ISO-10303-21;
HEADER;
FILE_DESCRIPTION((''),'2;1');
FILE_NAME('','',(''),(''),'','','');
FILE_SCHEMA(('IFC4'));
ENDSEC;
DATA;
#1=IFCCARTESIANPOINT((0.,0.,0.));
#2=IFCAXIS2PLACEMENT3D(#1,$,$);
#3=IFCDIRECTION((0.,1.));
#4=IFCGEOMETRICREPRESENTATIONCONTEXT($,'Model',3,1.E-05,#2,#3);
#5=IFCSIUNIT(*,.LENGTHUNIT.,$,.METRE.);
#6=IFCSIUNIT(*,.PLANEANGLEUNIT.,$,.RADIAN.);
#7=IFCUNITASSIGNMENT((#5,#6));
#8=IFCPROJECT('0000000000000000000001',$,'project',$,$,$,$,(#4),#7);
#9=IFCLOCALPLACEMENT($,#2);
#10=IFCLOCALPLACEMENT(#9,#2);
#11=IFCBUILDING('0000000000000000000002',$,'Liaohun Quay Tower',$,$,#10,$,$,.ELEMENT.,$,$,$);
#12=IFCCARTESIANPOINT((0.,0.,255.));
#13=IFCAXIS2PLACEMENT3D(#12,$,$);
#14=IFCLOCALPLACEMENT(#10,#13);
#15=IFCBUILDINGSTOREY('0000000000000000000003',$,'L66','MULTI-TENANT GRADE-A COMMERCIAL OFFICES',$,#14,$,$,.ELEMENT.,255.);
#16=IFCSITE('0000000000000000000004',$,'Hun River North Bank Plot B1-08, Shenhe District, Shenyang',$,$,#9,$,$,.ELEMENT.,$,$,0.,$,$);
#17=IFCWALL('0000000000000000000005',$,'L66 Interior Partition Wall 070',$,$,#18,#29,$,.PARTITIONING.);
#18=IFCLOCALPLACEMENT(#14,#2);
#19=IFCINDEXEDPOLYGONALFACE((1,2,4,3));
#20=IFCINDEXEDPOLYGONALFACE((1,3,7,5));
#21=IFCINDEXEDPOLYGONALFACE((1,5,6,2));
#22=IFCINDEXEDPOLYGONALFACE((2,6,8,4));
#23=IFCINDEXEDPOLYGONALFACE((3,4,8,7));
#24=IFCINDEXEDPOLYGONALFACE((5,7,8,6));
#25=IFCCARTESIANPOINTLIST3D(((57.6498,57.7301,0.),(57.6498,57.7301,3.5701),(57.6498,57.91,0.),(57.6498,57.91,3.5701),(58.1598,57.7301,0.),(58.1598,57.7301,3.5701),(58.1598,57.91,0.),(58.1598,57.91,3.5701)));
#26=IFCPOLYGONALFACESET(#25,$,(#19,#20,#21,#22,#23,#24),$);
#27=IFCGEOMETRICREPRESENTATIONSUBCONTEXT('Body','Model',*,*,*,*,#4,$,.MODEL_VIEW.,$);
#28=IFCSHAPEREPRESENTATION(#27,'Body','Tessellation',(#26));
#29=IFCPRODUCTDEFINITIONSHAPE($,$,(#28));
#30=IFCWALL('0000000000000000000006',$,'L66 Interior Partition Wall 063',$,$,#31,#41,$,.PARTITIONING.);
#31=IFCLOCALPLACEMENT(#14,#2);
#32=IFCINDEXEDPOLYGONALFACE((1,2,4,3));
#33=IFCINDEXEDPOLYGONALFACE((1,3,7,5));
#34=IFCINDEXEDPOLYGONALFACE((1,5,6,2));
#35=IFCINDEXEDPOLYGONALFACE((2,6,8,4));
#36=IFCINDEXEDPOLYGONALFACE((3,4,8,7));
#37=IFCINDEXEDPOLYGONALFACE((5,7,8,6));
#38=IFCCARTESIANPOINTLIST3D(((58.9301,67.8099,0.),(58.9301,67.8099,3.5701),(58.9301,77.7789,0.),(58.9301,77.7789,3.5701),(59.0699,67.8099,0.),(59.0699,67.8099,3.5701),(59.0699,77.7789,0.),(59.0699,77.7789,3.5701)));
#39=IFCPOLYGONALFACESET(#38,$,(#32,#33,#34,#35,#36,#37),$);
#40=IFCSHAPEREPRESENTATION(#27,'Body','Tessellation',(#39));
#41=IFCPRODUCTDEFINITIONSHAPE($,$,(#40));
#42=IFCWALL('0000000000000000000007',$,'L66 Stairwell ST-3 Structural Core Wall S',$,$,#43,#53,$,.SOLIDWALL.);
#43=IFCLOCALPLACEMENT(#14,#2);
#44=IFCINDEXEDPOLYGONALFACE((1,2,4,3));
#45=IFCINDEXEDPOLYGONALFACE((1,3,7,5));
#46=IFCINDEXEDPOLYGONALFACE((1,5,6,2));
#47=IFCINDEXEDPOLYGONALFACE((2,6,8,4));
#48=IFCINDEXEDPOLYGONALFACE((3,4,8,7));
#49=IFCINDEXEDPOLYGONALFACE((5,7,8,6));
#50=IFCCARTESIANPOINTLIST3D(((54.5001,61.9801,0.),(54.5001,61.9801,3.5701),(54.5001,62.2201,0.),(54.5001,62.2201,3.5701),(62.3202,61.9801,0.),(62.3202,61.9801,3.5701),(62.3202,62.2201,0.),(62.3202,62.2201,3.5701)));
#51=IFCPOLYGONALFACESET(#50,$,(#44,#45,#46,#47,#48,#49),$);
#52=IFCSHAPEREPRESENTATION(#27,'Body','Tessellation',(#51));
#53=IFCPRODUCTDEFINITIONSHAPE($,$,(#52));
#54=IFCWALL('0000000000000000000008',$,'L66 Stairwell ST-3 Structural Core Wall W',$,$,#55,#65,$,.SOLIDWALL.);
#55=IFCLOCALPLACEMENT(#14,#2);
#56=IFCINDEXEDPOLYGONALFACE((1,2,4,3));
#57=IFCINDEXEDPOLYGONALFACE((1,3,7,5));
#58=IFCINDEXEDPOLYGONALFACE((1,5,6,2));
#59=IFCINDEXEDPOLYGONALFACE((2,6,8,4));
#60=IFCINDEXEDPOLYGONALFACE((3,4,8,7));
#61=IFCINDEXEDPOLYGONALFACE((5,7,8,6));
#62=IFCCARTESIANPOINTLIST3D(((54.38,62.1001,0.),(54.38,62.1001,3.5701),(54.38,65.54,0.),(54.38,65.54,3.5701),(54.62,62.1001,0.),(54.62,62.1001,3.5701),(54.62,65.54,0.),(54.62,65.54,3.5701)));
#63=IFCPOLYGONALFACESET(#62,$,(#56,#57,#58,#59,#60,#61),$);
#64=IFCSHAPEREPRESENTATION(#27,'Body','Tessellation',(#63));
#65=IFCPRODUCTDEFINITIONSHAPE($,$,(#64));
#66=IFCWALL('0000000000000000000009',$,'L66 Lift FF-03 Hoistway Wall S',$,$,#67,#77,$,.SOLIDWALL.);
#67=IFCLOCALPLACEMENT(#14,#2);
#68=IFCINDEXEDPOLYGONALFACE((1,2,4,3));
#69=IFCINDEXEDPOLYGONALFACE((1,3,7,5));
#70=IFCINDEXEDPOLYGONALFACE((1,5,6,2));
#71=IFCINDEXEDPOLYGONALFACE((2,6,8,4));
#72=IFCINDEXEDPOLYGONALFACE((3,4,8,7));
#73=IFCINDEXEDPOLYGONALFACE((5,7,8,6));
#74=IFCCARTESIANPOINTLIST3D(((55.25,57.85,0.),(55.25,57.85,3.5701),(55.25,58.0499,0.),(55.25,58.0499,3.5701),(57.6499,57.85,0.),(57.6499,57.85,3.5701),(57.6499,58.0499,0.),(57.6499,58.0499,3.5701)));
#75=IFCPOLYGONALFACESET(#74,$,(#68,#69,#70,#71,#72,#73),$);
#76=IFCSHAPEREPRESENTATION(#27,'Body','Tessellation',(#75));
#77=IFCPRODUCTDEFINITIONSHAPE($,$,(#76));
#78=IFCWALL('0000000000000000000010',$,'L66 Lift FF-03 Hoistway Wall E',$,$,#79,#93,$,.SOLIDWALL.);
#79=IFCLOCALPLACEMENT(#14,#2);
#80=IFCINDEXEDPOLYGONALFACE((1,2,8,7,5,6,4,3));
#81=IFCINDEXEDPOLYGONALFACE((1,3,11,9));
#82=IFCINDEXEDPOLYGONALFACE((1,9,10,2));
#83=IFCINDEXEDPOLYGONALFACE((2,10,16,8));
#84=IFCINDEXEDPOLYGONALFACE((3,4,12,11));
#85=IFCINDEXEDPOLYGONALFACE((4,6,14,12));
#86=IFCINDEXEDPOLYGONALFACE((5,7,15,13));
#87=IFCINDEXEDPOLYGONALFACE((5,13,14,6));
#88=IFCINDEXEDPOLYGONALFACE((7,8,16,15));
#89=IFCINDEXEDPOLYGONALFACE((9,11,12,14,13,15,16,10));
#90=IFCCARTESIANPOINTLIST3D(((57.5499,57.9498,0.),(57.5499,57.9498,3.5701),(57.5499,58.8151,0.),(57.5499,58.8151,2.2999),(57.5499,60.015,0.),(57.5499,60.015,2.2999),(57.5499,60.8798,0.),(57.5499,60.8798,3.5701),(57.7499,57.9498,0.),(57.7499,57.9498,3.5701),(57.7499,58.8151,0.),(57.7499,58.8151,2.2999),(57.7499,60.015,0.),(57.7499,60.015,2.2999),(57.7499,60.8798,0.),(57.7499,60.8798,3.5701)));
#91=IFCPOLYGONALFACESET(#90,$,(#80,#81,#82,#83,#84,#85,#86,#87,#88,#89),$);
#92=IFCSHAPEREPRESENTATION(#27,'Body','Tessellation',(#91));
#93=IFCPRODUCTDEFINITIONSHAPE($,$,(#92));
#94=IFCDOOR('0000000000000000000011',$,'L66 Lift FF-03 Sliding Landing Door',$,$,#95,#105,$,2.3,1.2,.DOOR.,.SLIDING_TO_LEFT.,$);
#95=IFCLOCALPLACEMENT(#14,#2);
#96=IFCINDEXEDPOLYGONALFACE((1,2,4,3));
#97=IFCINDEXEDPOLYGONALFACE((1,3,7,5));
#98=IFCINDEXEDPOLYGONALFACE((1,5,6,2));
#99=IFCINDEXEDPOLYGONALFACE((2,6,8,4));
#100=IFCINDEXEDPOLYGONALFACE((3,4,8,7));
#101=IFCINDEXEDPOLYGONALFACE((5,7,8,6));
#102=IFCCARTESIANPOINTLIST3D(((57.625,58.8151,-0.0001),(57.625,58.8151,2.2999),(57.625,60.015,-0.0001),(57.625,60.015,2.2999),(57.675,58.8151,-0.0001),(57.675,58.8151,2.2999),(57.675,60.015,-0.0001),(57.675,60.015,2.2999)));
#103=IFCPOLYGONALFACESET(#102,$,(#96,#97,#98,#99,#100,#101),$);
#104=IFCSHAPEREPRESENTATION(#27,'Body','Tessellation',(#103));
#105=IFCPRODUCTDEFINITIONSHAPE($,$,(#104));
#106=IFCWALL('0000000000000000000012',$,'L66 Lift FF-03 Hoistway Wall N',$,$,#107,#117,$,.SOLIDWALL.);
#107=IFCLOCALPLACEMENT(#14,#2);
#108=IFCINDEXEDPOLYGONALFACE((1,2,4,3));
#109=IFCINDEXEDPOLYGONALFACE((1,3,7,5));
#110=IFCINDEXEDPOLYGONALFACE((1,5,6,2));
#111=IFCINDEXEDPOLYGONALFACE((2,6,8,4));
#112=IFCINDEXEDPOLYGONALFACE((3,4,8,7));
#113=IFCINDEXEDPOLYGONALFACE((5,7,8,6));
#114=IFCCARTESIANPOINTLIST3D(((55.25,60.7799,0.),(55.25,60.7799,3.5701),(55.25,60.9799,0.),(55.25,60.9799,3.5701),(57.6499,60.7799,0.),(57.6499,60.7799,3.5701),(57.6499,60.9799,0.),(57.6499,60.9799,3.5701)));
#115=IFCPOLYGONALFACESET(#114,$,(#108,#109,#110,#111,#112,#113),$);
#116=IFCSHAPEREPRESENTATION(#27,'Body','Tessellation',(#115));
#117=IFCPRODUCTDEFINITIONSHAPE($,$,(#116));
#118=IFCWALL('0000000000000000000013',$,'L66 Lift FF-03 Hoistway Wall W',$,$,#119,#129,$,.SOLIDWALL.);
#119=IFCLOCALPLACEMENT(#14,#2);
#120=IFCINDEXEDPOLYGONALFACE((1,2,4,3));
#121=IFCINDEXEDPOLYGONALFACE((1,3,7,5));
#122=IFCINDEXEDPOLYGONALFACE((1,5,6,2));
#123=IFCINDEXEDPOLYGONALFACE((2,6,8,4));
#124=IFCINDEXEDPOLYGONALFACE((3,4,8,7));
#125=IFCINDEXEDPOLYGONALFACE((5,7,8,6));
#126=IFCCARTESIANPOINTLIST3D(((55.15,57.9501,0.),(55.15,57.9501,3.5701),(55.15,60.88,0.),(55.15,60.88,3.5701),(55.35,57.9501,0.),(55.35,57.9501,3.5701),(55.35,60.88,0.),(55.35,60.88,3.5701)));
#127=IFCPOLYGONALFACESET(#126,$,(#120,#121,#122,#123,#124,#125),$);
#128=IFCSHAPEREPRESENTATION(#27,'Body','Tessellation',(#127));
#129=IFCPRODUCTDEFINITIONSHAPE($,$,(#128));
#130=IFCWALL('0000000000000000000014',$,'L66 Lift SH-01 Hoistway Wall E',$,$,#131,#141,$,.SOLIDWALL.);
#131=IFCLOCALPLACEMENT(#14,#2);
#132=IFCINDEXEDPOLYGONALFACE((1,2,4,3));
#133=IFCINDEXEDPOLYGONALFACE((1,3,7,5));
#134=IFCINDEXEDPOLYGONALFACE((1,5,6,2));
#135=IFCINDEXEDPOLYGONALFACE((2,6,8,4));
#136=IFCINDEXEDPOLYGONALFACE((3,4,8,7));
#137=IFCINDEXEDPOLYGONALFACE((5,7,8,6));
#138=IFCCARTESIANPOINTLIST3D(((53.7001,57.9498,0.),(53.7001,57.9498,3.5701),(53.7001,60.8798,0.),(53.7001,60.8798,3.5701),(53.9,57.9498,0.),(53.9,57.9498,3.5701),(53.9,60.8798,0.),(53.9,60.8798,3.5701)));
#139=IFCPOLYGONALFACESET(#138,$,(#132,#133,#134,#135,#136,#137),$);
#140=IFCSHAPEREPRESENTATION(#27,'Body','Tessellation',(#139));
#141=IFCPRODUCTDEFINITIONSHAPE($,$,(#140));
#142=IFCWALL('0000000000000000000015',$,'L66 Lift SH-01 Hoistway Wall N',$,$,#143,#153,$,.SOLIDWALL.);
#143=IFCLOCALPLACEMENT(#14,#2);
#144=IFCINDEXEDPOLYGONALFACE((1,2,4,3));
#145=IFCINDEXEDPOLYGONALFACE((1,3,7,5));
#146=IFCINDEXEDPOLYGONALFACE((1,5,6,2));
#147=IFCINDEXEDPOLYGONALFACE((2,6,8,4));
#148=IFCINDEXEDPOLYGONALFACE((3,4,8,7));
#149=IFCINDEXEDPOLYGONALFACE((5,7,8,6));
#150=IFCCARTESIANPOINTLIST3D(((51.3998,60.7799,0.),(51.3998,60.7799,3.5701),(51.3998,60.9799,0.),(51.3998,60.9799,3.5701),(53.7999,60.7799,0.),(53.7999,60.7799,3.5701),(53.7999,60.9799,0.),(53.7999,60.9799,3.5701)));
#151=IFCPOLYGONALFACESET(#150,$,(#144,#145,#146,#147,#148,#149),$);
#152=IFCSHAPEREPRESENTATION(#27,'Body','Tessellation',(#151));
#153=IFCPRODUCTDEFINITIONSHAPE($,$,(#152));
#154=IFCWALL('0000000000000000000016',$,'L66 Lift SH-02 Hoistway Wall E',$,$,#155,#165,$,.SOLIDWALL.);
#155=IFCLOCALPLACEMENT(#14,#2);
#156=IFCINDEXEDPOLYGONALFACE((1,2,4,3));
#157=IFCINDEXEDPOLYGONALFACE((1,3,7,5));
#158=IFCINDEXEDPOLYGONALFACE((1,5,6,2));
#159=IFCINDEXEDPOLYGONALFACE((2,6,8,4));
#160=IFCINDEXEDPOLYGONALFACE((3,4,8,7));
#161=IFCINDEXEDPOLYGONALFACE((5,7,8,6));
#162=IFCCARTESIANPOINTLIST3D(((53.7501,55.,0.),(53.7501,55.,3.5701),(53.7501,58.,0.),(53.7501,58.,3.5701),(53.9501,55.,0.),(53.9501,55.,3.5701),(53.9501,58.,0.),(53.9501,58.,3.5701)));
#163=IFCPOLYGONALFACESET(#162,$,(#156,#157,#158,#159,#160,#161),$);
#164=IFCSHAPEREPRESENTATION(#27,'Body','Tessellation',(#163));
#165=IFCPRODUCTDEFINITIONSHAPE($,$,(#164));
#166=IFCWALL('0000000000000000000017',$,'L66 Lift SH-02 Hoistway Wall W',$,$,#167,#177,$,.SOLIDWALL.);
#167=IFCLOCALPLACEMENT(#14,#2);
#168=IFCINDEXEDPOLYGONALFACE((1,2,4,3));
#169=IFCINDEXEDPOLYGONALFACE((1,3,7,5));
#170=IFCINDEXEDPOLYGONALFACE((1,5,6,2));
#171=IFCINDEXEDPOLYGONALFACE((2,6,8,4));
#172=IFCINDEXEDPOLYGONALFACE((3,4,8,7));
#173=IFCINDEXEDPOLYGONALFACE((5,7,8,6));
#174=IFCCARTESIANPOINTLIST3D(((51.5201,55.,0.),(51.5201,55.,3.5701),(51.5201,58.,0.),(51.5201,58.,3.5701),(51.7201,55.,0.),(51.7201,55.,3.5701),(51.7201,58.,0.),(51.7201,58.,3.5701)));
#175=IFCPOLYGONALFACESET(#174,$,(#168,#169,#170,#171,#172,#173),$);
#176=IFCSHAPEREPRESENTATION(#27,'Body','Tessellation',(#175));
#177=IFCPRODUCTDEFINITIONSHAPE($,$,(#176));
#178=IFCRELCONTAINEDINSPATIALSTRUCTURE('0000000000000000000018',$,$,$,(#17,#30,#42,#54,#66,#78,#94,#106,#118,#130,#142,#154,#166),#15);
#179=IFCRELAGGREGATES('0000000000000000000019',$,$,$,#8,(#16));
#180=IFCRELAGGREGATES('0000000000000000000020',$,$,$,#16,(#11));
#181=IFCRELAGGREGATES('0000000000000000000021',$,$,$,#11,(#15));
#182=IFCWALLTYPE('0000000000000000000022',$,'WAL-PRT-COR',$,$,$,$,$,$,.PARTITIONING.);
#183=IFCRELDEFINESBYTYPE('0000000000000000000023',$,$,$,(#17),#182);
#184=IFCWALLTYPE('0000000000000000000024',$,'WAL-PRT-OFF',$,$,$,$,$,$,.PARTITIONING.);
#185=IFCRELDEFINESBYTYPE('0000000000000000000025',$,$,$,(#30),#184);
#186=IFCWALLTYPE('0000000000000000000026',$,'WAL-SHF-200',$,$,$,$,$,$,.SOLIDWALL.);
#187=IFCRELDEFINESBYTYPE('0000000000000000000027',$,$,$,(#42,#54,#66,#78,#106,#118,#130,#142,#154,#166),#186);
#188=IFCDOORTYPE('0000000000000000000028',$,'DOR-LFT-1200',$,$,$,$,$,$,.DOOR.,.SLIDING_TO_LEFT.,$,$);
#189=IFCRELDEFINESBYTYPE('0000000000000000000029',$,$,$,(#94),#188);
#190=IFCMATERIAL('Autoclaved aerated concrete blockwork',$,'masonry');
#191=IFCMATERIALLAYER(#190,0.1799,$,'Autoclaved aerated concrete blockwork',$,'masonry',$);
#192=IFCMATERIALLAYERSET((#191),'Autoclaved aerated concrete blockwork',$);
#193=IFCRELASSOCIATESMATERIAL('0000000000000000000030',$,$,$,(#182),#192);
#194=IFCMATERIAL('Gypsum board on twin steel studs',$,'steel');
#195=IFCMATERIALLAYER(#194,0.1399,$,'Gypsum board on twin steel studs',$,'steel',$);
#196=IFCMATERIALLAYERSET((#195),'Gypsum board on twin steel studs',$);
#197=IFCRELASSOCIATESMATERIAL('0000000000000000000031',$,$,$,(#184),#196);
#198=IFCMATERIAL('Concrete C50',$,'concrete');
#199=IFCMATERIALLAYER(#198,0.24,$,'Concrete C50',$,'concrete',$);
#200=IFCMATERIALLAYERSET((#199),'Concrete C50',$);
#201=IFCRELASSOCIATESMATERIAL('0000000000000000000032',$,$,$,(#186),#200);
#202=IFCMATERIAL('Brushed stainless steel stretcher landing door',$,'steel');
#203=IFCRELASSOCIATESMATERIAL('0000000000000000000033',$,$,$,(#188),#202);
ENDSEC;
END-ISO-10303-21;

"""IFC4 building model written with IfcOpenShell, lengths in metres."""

from ifc_helpers import new_model, si_unit, direction, frame, frame_2d, origin, place, context, subcontext, project, spatial, rectangle, extrude, source, transform, mapped, material, layer, layer_set, type_object, element, fill, save


model = new_model("IFC4")

# Units and contexts
model_context = context("Model", 3, precision=1e-05, world=origin(), true_north=direction((0.0, 1.0)))
body_context = subcontext(model_context, "Body", "Model", "MODEL_VIEW")
ifc_project = project(units=[si_unit("LENGTHUNIT", "METRE"), si_unit("PLANEANGLEUNIT", "RADIAN")], contexts=[model_context])

# Site, building, storey
site_placement = place(None, origin())
site = spatial("IfcSite", under=ifc_project, at=site_placement, Name="Hun River North Bank Plot B1-08, Shenhe District, Shenyang", CompositionType="ELEMENT", RefElevation=0.0)
building_placement = place(site_placement, origin())
building = spatial("IfcBuilding", under=site, at=building_placement, Name="Liaohun Quay Tower", CompositionType="ELEMENT")
storey_placement = place(building_placement, frame((0.0, 0.0, 255.0)))
storey = spatial("IfcBuildingStorey", under=building, at=storey_placement, Name="L66", Description="MULTI-TENANT GRADE-A COMMERCIAL OFFICES", CompositionType="ELEMENT", Elevation=255.0)

# Shared definitions
ifc_material_1 = material(Name="Autoclaved aerated concrete blockwork", Category="masonry")
ifc_layer_1 = layer(ifc_material_1, 0.1799, Name="Autoclaved aerated concrete blockwork", Category="masonry")
ifc_layer_set_1 = layer_set([ifc_layer_1], Name="Autoclaved aerated concrete blockwork")
wall_type_1 = type_object("IfcWallType", Name="WAL-PRT-COR", PredefinedType="PARTITIONING", material=ifc_layer_set_1)

# Walls
wall_1_placement = place(storey_placement, frame((57.6499, 57.8201, 0.0), z_axis=(0.0, 0.0, 1.0), x_axis=(1.0, 0.0, 0.0)))
element("IfcWall", 1, at=wall_1_placement, inside=storey, type_object=wall_type_1, Name="L66 Interior Partition Wall 070", PredefinedType="PARTITIONING", context=body_context, shape_type="SweptSolid", body=[
    extrude(rectangle(XDim=0.51, YDim=0.1799, at=frame_2d((0.2549, 0.0))), origin(), (0.0, 0.0, 1.0), 3.5701),
])
ifc_material_2 = material(Name="Gypsum board on twin steel studs", Category="steel")
ifc_layer_2 = layer(ifc_material_2, 0.1399, Name="Gypsum board on twin steel studs", Category="steel")
ifc_layer_set_2 = layer_set([ifc_layer_2], Name="Gypsum board on twin steel studs")
wall_type_2 = type_object("IfcWallType", Name="WAL-PRT-OFF", PredefinedType="PARTITIONING", material=ifc_layer_set_2)
wall_2_placement = place(storey_placement, frame((59.0, 67.8101, 0.0), z_axis=(0.0, 0.0, 1.0), x_axis=(0.0, 1.0, 0.0)))
element("IfcWall", 2, at=wall_2_placement, inside=storey, type_object=wall_type_2, Name="L66 Interior Partition Wall 063", PredefinedType="PARTITIONING", context=body_context, shape_type="SweptSolid", body=[
    extrude(rectangle(XDim=9.969, YDim=0.1399, at=frame_2d((4.9844, 0.0))), origin(), (0.0, 0.0, 1.0), 3.5701),
])
ifc_material_3 = material(Name="Concrete C50", Category="concrete")
ifc_layer_3 = layer(ifc_material_3, 0.24, Name="Concrete C50", Category="concrete")
ifc_layer_set_3 = layer_set([ifc_layer_3], Name="Concrete C50")
wall_type_3 = type_object("IfcWallType", Name="WAL-SHF-200", PredefinedType="SOLIDWALL", material=ifc_layer_set_3)
wall_3_placement = place(storey_placement, frame((54.5, 62.1001, 0.0), z_axis=(0.0, 0.0, 1.0), x_axis=(1.0, 0.0, 0.0)))
element("IfcWall", 3, at=wall_3_placement, inside=storey, type_object=wall_type_3, Name="L66 Stairwell ST-3 Structural Core Wall S", PredefinedType="SOLIDWALL", context=body_context, shape_type="SweptSolid", body=[
    extrude(rectangle(XDim=7.8201, YDim=0.24, at=frame_2d((3.9102, 0.0))), origin(), (0.0, 0.0, 1.0), 3.5701),
])
wall_4_placement = place(storey_placement, frame((54.5, 65.54, 0.0), z_axis=(0.0, 0.0, 1.0), x_axis=(0.0, -1.0, 0.0)))
element("IfcWall", 4, at=wall_4_placement, inside=storey, type_object=wall_type_3, Name="L66 Stairwell ST-3 Structural Core Wall W", PredefinedType="SOLIDWALL", context=body_context, shape_type="SweptSolid", body=[
    extrude(rectangle(XDim=3.4399, YDim=0.24, at=frame_2d((1.72, 0.0))), origin(), (0.0, 0.0, 1.0), 3.5701),
])
wall_5_placement = place(storey_placement, frame((55.25, 57.95, 0.0), z_axis=(0.0, 0.0, 1.0), x_axis=(1.0, 0.0, 0.0)))
element("IfcWall", 5, at=wall_5_placement, inside=storey, type_object=wall_type_3, Name="L66 Lift FF-03 Hoistway Wall S", PredefinedType="SOLIDWALL", context=body_context, shape_type="SweptSolid", body=[
    extrude(rectangle(XDim=2.3999, YDim=0.2, at=frame_2d((1.2, 0.0))), origin(), (0.0, 0.0, 1.0), 3.5701),
])

# Wall, opening, door
wall_6_placement = place(storey_placement, frame((57.6499, 57.95, 0.0), z_axis=(0.0, 0.0, 1.0), x_axis=(0.0, 1.0, 0.0)))
wall_6 = element("IfcWall", 6, at=wall_6_placement, inside=storey, type_object=wall_type_3, Name="L66 Lift FF-03 Hoistway Wall E", PredefinedType="SOLIDWALL", context=body_context, shape_type="SweptSolid", body=[
    extrude(rectangle(XDim=2.9299, YDim=0.2, at=frame_2d((1.4648, 0.0))), origin(), (0.0, 0.0, 1.0), 3.5701),
])
shared_shape_1 = source(origin(), body_context, "Body", "SweptSolid", [
    extrude(rectangle(XDim=1.2, YDim=2.3, at=frame_2d((0.6001, 1.1499))), frame((0.0, 0.1099, 0.0), z_axis=(0.0, -1.0, 0.0), x_axis=(1.0, 0.0, 0.0)), (0.0, 0.0, 1.0), 0.22),
])
opening_1_placement = place(wall_6_placement, frame((0.865, 0.0, 0.0)))
opening_1 = element("IfcOpeningElement", 7, at=opening_1_placement, cuts=wall_6, PredefinedType="OPENING", context=body_context, shape_type="MappedRepresentation", body=[
    mapped(shared_shape_1, transform((0.0, 0.0, 0.0), x_axis=(1.0, 0.0, 0.0), y_axis=(0.0, 1.0, 0.0), z_axis=(0.0, 0.0, 1.0), scale=1.0)),
])
ifc_material_4 = material(Name="Brushed stainless steel stretcher landing door", Category="steel")
door_type_1 = type_object("IfcDoorType", Name="DOR-LFT-1200", OperationType="SLIDING_TO_LEFT", PredefinedType="DOOR", material=ifc_material_4)
shared_shape_2 = source(origin(), body_context, "Body", "SweptSolid", [
    extrude(rectangle(XDim=1.2, YDim=2.3, at=frame_2d((0.6001, 1.1499))), frame((0.0, 0.0249, 0.0), z_axis=(0.0, -1.0, 0.0), x_axis=(1.0, 0.0, 0.0)), (0.0, 0.0, 1.0), 0.05),
])
door_1_placement = place(opening_1_placement, origin())
door_1 = element("IfcDoor", 8, at=door_1_placement, inside=storey, type_object=door_type_1, Name="L66 Lift FF-03 Sliding Landing Door", OperationType="SLIDING_TO_LEFT", OverallHeight=2.3, OverallWidth=1.2, PredefinedType="DOOR", context=body_context, shape_type="MappedRepresentation", body=[
    mapped(shared_shape_2, transform((0.0, 0.0, 0.0), x_axis=(1.0, 0.0, 0.0), y_axis=(0.0, 1.0, 0.0), z_axis=(0.0, 0.0, 1.0), scale=1.0)),
])
fill(opening_1, door_1)

# Walls
wall_7_placement = place(storey_placement, frame((57.6499, 60.8799, 0.0), z_axis=(0.0, 0.0, 1.0), x_axis=(-1.0, 0.0, 0.0)))
element("IfcWall", 9, at=wall_7_placement, inside=storey, type_object=wall_type_3, Name="L66 Lift FF-03 Hoistway Wall N", PredefinedType="SOLIDWALL", context=body_context, shape_type="SweptSolid", body=[
    extrude(rectangle(XDim=2.3999, YDim=0.2, at=frame_2d((1.2, 0.0))), origin(), (0.0, 0.0, 1.0), 3.5701),
])
for number, where, z_axis, x_axis, name in (
    (10, (55.25, 60.8799, 0.0), (0.0, 0.0, 1.0), (0.0, -1.0, 0.0), "L66 Lift FF-03 Hoistway Wall W"),
    (11, (53.8, 57.95, 0.0), (0.0, 0.0, 1.0), (0.0, 1.0, 0.0), "L66 Lift SH-01 Hoistway Wall E"),
):
    element("IfcWall", number, at=place(storey_placement, frame(where, z_axis=z_axis, x_axis=x_axis)), inside=storey, type_object=wall_type_3, Name=name, PredefinedType="SOLIDWALL", context=body_context, shape_type="SweptSolid", body=[
        extrude(rectangle(XDim=2.9299, YDim=0.2, at=frame_2d((1.4648, 0.0))), origin(), (0.0, 0.0, 1.0), 3.5701),
    ])
wall_8_placement = place(storey_placement, frame((53.8, 60.8799, 0.0), z_axis=(0.0, 0.0, 1.0), x_axis=(-1.0, 0.0, 0.0)))
element("IfcWall", 12, at=wall_8_placement, inside=storey, type_object=wall_type_3, Name="L66 Lift SH-01 Hoistway Wall N", PredefinedType="SOLIDWALL", context=body_context, shape_type="SweptSolid", body=[
    extrude(rectangle(XDim=2.4001, YDim=0.2, at=frame_2d((1.2002, 0.0))), origin(), (0.0, 0.0, 1.0), 3.5701),
])
for number, where, z_axis, x_axis, name in (
    (13, (53.8501, 55.0, 0.0), (0.0, 0.0, 1.0), (0.0, 1.0, 0.0), "L66 Lift SH-02 Hoistway Wall E"),
    (14, (51.6201, 58.0, 0.0), (0.0, 0.0, 1.0), (0.0, -1.0, 0.0), "L66 Lift SH-02 Hoistway Wall W"),
):
    element("IfcWall", number, at=place(storey_placement, frame(where, z_axis=z_axis, x_axis=x_axis)), inside=storey, type_object=wall_type_3, Name=name, PredefinedType="SOLIDWALL", context=body_context, shape_type="SweptSolid", body=[
        extrude(rectangle(XDim=3.0, YDim=0.2, at=frame_2d((1.5, 0.0))), origin(), (0.0, 0.0, 1.0), 3.5701),
    ])

save(model, "model.ifc")
